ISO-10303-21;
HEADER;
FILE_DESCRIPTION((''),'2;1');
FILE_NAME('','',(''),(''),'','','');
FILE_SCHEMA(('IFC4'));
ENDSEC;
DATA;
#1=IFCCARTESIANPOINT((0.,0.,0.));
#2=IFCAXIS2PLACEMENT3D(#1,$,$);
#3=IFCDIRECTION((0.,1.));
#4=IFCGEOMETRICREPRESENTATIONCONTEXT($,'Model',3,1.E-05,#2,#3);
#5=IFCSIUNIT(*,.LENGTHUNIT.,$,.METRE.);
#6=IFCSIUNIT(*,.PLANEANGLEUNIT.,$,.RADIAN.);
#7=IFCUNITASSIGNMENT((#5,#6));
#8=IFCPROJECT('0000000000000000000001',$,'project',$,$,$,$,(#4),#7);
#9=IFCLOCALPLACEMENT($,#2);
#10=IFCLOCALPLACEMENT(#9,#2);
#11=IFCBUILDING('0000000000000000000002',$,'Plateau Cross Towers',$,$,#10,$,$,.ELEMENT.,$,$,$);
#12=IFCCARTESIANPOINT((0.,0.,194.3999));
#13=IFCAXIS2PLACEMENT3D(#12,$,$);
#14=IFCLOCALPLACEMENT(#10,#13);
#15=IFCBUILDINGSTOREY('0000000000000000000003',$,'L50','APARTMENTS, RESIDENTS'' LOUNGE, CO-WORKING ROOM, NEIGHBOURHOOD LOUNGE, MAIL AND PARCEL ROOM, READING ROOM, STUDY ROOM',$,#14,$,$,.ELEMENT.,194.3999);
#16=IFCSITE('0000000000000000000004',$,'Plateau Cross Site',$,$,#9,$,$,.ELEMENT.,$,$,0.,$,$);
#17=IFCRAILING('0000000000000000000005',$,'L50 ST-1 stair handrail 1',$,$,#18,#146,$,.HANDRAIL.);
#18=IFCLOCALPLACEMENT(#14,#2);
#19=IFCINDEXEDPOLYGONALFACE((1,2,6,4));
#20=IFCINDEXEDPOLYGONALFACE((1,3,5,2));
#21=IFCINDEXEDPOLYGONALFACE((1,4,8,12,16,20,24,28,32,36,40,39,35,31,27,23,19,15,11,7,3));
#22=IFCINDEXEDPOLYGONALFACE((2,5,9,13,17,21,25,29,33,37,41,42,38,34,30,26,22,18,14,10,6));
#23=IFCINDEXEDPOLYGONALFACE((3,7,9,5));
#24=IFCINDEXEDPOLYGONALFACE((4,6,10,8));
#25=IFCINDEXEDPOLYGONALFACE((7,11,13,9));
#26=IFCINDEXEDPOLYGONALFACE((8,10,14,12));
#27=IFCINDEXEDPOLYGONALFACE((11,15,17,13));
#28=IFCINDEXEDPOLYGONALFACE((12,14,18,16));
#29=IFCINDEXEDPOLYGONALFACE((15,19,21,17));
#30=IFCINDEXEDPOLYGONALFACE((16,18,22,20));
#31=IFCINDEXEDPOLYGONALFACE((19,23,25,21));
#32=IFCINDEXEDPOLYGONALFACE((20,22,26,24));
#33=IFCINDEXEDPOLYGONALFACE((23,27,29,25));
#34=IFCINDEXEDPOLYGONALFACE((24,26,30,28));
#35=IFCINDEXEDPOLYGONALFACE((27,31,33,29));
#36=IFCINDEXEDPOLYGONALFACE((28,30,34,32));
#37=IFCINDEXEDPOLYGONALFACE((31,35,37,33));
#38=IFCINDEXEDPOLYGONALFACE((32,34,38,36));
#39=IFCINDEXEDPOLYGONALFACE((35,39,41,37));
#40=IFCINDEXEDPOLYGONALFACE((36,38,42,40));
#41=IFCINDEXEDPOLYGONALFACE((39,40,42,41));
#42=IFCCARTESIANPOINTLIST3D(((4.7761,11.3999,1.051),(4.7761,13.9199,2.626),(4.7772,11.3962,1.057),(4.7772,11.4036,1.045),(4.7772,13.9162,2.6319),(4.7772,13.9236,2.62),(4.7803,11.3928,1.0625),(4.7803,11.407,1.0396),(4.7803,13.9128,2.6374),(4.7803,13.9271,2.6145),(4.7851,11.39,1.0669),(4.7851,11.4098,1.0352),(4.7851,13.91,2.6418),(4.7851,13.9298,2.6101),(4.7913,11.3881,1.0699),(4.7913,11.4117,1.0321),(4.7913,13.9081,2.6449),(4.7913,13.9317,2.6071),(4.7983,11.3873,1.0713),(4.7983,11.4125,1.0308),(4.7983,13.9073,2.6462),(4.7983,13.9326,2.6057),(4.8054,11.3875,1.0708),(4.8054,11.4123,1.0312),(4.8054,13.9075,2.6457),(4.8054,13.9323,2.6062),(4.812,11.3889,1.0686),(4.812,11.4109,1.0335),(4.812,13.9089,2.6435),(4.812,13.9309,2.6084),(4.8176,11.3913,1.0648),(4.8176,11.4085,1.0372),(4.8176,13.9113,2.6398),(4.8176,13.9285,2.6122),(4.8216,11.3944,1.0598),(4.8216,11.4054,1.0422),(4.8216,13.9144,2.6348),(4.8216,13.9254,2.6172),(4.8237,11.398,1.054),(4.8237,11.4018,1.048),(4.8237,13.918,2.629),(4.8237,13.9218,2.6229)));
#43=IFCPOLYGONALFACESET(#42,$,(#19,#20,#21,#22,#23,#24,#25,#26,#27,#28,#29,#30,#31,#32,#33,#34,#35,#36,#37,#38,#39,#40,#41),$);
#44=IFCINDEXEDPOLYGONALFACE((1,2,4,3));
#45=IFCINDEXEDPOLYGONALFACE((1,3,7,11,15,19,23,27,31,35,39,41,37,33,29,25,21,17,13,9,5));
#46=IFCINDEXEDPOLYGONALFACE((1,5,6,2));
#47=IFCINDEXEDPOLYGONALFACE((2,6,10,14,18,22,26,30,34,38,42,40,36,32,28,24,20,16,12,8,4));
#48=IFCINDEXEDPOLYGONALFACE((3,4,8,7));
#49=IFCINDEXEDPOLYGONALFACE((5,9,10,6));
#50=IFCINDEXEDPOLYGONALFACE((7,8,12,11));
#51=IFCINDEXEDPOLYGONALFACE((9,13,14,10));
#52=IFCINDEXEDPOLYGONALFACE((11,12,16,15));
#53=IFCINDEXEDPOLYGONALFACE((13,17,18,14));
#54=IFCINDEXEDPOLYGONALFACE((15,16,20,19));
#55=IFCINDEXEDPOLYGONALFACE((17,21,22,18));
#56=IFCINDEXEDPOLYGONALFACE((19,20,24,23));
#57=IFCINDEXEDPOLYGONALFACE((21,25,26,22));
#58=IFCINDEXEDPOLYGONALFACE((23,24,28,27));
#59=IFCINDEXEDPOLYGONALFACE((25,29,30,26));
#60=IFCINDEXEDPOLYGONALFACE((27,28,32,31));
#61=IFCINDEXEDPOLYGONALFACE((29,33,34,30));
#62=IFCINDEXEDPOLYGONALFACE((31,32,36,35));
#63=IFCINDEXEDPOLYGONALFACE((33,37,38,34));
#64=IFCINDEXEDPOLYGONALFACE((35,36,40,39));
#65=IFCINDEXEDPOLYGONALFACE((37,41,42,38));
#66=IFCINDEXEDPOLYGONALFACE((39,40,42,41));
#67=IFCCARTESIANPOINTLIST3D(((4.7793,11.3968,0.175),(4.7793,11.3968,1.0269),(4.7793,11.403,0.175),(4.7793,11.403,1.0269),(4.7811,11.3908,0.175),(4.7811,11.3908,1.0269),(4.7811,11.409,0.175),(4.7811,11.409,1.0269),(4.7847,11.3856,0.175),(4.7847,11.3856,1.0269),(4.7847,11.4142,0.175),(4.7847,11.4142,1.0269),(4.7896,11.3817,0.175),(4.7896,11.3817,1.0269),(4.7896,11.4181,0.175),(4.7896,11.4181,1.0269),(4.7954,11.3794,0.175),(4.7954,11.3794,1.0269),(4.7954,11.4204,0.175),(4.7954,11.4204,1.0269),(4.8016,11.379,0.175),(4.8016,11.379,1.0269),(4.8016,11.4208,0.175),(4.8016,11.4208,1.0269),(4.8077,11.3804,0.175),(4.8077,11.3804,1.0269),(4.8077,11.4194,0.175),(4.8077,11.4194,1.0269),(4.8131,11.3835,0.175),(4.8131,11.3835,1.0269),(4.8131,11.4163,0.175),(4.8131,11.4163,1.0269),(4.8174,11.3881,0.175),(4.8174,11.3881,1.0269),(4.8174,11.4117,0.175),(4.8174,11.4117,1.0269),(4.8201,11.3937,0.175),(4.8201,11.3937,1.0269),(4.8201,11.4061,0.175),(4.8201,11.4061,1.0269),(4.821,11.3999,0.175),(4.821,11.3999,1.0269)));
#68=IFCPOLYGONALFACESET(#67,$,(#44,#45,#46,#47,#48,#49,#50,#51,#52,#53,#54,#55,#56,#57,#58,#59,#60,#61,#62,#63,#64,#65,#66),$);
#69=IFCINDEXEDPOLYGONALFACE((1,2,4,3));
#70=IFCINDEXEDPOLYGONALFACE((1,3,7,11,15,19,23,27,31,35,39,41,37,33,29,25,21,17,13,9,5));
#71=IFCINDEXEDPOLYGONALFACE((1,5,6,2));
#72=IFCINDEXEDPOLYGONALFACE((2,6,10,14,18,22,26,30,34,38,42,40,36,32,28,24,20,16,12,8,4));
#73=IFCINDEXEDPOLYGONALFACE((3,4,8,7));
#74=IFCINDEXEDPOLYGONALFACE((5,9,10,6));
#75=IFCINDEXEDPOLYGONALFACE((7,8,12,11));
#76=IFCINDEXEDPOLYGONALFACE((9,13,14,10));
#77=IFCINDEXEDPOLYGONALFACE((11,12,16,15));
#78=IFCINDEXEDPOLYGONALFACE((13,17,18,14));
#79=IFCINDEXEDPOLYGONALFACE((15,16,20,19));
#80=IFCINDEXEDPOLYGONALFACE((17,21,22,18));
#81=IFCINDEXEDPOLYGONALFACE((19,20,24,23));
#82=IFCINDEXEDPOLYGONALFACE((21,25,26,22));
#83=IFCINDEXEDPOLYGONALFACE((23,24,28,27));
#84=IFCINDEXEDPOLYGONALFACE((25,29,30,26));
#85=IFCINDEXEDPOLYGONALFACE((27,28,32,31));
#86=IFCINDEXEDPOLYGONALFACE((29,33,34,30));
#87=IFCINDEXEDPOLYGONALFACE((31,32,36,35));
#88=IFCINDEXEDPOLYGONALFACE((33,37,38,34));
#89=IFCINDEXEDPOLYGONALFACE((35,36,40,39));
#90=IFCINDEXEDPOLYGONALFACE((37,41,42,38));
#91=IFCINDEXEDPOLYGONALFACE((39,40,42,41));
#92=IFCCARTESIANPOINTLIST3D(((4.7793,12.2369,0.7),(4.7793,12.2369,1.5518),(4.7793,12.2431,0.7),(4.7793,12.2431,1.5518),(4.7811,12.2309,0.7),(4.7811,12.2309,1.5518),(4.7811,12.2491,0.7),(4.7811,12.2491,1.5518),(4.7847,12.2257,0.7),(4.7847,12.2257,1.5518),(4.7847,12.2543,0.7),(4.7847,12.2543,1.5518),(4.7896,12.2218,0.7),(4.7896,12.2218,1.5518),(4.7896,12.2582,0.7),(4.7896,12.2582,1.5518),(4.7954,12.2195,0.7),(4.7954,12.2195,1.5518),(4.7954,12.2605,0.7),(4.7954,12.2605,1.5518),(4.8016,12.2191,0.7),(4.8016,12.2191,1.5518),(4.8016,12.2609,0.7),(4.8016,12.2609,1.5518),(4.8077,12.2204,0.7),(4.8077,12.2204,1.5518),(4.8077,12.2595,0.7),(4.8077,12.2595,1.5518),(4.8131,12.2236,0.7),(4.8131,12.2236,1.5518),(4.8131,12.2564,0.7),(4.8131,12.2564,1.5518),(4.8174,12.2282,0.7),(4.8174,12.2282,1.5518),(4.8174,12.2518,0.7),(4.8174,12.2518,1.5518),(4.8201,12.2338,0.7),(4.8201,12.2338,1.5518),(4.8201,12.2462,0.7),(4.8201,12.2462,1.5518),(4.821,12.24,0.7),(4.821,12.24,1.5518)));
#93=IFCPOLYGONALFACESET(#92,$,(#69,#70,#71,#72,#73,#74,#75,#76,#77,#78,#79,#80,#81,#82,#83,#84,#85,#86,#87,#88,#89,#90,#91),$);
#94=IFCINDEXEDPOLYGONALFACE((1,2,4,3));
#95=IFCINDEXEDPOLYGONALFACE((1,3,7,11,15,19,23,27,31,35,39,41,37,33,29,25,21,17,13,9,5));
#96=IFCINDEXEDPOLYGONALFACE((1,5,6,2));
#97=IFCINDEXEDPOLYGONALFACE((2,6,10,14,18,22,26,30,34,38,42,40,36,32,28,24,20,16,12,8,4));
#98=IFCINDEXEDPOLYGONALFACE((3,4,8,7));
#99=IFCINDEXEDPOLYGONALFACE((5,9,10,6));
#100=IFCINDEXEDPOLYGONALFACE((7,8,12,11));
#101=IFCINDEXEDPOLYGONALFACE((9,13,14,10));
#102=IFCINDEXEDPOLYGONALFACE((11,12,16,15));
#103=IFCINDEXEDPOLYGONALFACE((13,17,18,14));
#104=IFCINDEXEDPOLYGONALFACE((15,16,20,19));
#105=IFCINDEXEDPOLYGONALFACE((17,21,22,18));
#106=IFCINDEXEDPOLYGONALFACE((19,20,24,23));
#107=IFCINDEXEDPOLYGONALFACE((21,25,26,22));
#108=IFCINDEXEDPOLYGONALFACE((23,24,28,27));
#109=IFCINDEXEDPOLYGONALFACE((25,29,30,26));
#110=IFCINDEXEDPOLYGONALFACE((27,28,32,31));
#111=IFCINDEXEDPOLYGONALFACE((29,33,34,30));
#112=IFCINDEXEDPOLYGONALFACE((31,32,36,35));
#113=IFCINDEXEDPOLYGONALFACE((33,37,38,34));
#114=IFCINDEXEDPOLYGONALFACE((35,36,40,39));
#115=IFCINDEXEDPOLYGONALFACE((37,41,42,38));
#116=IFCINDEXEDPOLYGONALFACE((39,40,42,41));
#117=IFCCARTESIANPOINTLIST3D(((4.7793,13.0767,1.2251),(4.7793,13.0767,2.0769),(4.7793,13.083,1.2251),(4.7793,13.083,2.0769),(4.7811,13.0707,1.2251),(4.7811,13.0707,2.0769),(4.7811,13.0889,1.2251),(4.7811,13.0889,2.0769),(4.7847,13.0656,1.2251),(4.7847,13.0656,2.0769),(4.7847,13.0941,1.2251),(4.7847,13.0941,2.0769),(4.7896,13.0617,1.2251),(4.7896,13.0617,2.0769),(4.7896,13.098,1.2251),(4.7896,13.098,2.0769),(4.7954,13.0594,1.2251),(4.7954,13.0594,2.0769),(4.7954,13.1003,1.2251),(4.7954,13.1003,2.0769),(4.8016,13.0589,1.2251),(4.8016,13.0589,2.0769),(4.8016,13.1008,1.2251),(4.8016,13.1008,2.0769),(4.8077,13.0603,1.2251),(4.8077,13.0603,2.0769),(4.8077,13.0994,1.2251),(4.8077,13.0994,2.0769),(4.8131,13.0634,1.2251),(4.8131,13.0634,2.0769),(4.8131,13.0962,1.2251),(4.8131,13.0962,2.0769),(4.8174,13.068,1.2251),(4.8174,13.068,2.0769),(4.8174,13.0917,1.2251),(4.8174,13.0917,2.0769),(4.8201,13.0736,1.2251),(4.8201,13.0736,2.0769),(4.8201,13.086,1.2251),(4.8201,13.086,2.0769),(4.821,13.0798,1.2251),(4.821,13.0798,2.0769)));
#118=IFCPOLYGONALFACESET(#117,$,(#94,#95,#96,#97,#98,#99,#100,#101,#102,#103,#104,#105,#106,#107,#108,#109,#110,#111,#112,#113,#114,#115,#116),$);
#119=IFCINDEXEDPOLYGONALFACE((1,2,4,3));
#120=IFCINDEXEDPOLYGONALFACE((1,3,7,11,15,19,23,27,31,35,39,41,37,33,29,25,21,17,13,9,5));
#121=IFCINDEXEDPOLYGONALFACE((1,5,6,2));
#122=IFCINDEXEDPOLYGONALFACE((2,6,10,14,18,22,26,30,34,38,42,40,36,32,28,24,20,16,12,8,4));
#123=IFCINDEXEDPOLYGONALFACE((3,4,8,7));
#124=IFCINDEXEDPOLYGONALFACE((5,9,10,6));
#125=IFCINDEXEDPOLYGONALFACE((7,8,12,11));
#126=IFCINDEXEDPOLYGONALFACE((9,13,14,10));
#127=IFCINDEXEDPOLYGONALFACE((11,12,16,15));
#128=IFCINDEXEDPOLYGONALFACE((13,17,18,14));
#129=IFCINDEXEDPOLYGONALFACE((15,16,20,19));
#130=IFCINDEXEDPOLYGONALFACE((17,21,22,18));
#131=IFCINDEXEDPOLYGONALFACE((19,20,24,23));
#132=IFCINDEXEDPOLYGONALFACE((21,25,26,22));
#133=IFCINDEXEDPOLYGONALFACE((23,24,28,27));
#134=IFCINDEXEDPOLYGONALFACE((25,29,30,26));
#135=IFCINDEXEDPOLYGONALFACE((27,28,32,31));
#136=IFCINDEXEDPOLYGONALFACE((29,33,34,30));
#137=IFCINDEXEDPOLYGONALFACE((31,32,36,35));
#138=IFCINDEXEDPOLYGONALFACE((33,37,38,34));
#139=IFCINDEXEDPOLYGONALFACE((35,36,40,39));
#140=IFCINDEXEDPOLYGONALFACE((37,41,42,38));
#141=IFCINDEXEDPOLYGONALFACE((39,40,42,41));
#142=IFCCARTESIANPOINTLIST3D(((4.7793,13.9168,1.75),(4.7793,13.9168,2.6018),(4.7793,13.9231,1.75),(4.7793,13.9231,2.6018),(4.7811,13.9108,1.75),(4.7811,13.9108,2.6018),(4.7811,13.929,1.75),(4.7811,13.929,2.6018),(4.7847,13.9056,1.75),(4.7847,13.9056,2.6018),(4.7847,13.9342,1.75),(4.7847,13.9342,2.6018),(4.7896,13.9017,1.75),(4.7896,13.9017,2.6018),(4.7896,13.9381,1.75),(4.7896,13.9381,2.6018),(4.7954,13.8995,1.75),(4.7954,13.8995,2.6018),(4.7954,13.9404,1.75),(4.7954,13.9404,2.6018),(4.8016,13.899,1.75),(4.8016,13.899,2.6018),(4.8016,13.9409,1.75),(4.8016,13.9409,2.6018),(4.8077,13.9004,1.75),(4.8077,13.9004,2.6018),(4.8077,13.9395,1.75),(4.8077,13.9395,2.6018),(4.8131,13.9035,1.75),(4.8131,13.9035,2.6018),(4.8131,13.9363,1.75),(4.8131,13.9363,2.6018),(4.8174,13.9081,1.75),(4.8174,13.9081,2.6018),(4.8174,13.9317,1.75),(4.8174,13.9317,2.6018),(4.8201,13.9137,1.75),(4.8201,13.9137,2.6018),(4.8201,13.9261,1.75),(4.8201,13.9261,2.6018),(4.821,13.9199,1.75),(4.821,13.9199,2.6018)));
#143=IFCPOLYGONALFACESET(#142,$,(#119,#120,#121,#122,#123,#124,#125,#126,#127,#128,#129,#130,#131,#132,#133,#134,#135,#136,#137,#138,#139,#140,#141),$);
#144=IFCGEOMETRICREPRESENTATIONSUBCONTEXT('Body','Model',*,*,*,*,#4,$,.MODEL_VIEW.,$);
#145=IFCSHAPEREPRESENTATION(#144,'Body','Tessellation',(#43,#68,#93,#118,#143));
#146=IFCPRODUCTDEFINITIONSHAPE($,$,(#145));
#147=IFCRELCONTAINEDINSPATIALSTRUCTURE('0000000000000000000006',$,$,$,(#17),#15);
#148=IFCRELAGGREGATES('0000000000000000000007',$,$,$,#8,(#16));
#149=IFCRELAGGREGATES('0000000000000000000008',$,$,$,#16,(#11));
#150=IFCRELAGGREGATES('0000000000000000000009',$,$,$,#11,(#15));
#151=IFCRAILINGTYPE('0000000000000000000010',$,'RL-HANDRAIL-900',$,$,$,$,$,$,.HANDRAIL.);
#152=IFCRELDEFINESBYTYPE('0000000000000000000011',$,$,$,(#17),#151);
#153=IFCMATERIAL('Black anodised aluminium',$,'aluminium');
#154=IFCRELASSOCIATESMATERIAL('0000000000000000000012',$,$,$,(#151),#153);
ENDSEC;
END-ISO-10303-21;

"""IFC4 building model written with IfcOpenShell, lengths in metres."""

from ifc_helpers import new_model, si_unit, direction, frame, origin, origin_2d, place, context, subcontext, project, spatial, circle, extrude, material, type_object, element, save


model = new_model("IFC4")

# Units and contexts
model_context = context("Model", 3, precision=1e-05, world=origin(), true_north=direction((0.0, 1.0)))
body_context = subcontext(model_context, "Body", "Model", "MODEL_VIEW")
ifc_project = project(units=[si_unit("LENGTHUNIT", "METRE"), si_unit("PLANEANGLEUNIT", "RADIAN")], contexts=[model_context])

# Site, building, storey
site_placement = place(None, origin())
site = spatial("IfcSite", under=ifc_project, at=site_placement, Name="Plateau Cross Site", CompositionType="ELEMENT", RefElevation=0.0)
building_placement = place(site_placement, origin())
building = spatial("IfcBuilding", under=site, at=building_placement, Name="Plateau Cross Towers", CompositionType="ELEMENT")
storey_placement = place(building_placement, frame((0.0, 0.0, 194.3999)))
storey = spatial("IfcBuildingStorey", under=building, at=storey_placement, Name="L50", Description="APARTMENTS, RESIDENTS' LOUNGE, CO-WORKING ROOM, NEIGHBOURHOOD LOUNGE, MAIL AND PARCEL ROOM, READING ROOM, STUDY ROOM", CompositionType="ELEMENT", Elevation=194.3999)

# Railing
ifc_material_1 = material(Name="Black anodised aluminium", Category="aluminium")
railing_type = type_object("IfcRailingType", Name="RL-HANDRAIL-900", PredefinedType="HANDRAIL", material=ifc_material_1)
railing_1_placement = place(storey_placement, frame((4.8, 11.3999, 0.175)))
element("IfcRailing", 1, at=railing_1_placement, inside=storey, type_object=railing_type, Name="L50 ST-1 stair handrail 1", PredefinedType="HANDRAIL", context=body_context, shape_type="SweptSolid", body=[
    extrude(circle(Radius=0.0239, at=origin_2d()), frame((0.0, 0.0, 0.876), z_axis=(0.0, 0.848008, 0.529984), x_axis=(-1.0, 0.0, 0.0)), (0.0, 0.0, 1.0), 2.9717),
    extrude(circle(Radius=0.021, at=origin_2d()), origin(), (0.0, 0.0, 1.0), 0.8518),
    extrude(circle(Radius=0.021, at=origin_2d()), frame((0.0, 0.8401, 0.5249)), (0.0, 0.0, 1.0), 0.8518),
    extrude(circle(Radius=0.021, at=origin_2d()), frame((0.0, 1.6799, 1.05)), (0.0, 0.0, 1.0), 0.8518),
    extrude(circle(Radius=0.021, at=origin_2d()), frame((0.0, 2.52, 1.575)), (0.0, 0.0, 1.0), 0.8518),
])

save(model, "model.ifc")
